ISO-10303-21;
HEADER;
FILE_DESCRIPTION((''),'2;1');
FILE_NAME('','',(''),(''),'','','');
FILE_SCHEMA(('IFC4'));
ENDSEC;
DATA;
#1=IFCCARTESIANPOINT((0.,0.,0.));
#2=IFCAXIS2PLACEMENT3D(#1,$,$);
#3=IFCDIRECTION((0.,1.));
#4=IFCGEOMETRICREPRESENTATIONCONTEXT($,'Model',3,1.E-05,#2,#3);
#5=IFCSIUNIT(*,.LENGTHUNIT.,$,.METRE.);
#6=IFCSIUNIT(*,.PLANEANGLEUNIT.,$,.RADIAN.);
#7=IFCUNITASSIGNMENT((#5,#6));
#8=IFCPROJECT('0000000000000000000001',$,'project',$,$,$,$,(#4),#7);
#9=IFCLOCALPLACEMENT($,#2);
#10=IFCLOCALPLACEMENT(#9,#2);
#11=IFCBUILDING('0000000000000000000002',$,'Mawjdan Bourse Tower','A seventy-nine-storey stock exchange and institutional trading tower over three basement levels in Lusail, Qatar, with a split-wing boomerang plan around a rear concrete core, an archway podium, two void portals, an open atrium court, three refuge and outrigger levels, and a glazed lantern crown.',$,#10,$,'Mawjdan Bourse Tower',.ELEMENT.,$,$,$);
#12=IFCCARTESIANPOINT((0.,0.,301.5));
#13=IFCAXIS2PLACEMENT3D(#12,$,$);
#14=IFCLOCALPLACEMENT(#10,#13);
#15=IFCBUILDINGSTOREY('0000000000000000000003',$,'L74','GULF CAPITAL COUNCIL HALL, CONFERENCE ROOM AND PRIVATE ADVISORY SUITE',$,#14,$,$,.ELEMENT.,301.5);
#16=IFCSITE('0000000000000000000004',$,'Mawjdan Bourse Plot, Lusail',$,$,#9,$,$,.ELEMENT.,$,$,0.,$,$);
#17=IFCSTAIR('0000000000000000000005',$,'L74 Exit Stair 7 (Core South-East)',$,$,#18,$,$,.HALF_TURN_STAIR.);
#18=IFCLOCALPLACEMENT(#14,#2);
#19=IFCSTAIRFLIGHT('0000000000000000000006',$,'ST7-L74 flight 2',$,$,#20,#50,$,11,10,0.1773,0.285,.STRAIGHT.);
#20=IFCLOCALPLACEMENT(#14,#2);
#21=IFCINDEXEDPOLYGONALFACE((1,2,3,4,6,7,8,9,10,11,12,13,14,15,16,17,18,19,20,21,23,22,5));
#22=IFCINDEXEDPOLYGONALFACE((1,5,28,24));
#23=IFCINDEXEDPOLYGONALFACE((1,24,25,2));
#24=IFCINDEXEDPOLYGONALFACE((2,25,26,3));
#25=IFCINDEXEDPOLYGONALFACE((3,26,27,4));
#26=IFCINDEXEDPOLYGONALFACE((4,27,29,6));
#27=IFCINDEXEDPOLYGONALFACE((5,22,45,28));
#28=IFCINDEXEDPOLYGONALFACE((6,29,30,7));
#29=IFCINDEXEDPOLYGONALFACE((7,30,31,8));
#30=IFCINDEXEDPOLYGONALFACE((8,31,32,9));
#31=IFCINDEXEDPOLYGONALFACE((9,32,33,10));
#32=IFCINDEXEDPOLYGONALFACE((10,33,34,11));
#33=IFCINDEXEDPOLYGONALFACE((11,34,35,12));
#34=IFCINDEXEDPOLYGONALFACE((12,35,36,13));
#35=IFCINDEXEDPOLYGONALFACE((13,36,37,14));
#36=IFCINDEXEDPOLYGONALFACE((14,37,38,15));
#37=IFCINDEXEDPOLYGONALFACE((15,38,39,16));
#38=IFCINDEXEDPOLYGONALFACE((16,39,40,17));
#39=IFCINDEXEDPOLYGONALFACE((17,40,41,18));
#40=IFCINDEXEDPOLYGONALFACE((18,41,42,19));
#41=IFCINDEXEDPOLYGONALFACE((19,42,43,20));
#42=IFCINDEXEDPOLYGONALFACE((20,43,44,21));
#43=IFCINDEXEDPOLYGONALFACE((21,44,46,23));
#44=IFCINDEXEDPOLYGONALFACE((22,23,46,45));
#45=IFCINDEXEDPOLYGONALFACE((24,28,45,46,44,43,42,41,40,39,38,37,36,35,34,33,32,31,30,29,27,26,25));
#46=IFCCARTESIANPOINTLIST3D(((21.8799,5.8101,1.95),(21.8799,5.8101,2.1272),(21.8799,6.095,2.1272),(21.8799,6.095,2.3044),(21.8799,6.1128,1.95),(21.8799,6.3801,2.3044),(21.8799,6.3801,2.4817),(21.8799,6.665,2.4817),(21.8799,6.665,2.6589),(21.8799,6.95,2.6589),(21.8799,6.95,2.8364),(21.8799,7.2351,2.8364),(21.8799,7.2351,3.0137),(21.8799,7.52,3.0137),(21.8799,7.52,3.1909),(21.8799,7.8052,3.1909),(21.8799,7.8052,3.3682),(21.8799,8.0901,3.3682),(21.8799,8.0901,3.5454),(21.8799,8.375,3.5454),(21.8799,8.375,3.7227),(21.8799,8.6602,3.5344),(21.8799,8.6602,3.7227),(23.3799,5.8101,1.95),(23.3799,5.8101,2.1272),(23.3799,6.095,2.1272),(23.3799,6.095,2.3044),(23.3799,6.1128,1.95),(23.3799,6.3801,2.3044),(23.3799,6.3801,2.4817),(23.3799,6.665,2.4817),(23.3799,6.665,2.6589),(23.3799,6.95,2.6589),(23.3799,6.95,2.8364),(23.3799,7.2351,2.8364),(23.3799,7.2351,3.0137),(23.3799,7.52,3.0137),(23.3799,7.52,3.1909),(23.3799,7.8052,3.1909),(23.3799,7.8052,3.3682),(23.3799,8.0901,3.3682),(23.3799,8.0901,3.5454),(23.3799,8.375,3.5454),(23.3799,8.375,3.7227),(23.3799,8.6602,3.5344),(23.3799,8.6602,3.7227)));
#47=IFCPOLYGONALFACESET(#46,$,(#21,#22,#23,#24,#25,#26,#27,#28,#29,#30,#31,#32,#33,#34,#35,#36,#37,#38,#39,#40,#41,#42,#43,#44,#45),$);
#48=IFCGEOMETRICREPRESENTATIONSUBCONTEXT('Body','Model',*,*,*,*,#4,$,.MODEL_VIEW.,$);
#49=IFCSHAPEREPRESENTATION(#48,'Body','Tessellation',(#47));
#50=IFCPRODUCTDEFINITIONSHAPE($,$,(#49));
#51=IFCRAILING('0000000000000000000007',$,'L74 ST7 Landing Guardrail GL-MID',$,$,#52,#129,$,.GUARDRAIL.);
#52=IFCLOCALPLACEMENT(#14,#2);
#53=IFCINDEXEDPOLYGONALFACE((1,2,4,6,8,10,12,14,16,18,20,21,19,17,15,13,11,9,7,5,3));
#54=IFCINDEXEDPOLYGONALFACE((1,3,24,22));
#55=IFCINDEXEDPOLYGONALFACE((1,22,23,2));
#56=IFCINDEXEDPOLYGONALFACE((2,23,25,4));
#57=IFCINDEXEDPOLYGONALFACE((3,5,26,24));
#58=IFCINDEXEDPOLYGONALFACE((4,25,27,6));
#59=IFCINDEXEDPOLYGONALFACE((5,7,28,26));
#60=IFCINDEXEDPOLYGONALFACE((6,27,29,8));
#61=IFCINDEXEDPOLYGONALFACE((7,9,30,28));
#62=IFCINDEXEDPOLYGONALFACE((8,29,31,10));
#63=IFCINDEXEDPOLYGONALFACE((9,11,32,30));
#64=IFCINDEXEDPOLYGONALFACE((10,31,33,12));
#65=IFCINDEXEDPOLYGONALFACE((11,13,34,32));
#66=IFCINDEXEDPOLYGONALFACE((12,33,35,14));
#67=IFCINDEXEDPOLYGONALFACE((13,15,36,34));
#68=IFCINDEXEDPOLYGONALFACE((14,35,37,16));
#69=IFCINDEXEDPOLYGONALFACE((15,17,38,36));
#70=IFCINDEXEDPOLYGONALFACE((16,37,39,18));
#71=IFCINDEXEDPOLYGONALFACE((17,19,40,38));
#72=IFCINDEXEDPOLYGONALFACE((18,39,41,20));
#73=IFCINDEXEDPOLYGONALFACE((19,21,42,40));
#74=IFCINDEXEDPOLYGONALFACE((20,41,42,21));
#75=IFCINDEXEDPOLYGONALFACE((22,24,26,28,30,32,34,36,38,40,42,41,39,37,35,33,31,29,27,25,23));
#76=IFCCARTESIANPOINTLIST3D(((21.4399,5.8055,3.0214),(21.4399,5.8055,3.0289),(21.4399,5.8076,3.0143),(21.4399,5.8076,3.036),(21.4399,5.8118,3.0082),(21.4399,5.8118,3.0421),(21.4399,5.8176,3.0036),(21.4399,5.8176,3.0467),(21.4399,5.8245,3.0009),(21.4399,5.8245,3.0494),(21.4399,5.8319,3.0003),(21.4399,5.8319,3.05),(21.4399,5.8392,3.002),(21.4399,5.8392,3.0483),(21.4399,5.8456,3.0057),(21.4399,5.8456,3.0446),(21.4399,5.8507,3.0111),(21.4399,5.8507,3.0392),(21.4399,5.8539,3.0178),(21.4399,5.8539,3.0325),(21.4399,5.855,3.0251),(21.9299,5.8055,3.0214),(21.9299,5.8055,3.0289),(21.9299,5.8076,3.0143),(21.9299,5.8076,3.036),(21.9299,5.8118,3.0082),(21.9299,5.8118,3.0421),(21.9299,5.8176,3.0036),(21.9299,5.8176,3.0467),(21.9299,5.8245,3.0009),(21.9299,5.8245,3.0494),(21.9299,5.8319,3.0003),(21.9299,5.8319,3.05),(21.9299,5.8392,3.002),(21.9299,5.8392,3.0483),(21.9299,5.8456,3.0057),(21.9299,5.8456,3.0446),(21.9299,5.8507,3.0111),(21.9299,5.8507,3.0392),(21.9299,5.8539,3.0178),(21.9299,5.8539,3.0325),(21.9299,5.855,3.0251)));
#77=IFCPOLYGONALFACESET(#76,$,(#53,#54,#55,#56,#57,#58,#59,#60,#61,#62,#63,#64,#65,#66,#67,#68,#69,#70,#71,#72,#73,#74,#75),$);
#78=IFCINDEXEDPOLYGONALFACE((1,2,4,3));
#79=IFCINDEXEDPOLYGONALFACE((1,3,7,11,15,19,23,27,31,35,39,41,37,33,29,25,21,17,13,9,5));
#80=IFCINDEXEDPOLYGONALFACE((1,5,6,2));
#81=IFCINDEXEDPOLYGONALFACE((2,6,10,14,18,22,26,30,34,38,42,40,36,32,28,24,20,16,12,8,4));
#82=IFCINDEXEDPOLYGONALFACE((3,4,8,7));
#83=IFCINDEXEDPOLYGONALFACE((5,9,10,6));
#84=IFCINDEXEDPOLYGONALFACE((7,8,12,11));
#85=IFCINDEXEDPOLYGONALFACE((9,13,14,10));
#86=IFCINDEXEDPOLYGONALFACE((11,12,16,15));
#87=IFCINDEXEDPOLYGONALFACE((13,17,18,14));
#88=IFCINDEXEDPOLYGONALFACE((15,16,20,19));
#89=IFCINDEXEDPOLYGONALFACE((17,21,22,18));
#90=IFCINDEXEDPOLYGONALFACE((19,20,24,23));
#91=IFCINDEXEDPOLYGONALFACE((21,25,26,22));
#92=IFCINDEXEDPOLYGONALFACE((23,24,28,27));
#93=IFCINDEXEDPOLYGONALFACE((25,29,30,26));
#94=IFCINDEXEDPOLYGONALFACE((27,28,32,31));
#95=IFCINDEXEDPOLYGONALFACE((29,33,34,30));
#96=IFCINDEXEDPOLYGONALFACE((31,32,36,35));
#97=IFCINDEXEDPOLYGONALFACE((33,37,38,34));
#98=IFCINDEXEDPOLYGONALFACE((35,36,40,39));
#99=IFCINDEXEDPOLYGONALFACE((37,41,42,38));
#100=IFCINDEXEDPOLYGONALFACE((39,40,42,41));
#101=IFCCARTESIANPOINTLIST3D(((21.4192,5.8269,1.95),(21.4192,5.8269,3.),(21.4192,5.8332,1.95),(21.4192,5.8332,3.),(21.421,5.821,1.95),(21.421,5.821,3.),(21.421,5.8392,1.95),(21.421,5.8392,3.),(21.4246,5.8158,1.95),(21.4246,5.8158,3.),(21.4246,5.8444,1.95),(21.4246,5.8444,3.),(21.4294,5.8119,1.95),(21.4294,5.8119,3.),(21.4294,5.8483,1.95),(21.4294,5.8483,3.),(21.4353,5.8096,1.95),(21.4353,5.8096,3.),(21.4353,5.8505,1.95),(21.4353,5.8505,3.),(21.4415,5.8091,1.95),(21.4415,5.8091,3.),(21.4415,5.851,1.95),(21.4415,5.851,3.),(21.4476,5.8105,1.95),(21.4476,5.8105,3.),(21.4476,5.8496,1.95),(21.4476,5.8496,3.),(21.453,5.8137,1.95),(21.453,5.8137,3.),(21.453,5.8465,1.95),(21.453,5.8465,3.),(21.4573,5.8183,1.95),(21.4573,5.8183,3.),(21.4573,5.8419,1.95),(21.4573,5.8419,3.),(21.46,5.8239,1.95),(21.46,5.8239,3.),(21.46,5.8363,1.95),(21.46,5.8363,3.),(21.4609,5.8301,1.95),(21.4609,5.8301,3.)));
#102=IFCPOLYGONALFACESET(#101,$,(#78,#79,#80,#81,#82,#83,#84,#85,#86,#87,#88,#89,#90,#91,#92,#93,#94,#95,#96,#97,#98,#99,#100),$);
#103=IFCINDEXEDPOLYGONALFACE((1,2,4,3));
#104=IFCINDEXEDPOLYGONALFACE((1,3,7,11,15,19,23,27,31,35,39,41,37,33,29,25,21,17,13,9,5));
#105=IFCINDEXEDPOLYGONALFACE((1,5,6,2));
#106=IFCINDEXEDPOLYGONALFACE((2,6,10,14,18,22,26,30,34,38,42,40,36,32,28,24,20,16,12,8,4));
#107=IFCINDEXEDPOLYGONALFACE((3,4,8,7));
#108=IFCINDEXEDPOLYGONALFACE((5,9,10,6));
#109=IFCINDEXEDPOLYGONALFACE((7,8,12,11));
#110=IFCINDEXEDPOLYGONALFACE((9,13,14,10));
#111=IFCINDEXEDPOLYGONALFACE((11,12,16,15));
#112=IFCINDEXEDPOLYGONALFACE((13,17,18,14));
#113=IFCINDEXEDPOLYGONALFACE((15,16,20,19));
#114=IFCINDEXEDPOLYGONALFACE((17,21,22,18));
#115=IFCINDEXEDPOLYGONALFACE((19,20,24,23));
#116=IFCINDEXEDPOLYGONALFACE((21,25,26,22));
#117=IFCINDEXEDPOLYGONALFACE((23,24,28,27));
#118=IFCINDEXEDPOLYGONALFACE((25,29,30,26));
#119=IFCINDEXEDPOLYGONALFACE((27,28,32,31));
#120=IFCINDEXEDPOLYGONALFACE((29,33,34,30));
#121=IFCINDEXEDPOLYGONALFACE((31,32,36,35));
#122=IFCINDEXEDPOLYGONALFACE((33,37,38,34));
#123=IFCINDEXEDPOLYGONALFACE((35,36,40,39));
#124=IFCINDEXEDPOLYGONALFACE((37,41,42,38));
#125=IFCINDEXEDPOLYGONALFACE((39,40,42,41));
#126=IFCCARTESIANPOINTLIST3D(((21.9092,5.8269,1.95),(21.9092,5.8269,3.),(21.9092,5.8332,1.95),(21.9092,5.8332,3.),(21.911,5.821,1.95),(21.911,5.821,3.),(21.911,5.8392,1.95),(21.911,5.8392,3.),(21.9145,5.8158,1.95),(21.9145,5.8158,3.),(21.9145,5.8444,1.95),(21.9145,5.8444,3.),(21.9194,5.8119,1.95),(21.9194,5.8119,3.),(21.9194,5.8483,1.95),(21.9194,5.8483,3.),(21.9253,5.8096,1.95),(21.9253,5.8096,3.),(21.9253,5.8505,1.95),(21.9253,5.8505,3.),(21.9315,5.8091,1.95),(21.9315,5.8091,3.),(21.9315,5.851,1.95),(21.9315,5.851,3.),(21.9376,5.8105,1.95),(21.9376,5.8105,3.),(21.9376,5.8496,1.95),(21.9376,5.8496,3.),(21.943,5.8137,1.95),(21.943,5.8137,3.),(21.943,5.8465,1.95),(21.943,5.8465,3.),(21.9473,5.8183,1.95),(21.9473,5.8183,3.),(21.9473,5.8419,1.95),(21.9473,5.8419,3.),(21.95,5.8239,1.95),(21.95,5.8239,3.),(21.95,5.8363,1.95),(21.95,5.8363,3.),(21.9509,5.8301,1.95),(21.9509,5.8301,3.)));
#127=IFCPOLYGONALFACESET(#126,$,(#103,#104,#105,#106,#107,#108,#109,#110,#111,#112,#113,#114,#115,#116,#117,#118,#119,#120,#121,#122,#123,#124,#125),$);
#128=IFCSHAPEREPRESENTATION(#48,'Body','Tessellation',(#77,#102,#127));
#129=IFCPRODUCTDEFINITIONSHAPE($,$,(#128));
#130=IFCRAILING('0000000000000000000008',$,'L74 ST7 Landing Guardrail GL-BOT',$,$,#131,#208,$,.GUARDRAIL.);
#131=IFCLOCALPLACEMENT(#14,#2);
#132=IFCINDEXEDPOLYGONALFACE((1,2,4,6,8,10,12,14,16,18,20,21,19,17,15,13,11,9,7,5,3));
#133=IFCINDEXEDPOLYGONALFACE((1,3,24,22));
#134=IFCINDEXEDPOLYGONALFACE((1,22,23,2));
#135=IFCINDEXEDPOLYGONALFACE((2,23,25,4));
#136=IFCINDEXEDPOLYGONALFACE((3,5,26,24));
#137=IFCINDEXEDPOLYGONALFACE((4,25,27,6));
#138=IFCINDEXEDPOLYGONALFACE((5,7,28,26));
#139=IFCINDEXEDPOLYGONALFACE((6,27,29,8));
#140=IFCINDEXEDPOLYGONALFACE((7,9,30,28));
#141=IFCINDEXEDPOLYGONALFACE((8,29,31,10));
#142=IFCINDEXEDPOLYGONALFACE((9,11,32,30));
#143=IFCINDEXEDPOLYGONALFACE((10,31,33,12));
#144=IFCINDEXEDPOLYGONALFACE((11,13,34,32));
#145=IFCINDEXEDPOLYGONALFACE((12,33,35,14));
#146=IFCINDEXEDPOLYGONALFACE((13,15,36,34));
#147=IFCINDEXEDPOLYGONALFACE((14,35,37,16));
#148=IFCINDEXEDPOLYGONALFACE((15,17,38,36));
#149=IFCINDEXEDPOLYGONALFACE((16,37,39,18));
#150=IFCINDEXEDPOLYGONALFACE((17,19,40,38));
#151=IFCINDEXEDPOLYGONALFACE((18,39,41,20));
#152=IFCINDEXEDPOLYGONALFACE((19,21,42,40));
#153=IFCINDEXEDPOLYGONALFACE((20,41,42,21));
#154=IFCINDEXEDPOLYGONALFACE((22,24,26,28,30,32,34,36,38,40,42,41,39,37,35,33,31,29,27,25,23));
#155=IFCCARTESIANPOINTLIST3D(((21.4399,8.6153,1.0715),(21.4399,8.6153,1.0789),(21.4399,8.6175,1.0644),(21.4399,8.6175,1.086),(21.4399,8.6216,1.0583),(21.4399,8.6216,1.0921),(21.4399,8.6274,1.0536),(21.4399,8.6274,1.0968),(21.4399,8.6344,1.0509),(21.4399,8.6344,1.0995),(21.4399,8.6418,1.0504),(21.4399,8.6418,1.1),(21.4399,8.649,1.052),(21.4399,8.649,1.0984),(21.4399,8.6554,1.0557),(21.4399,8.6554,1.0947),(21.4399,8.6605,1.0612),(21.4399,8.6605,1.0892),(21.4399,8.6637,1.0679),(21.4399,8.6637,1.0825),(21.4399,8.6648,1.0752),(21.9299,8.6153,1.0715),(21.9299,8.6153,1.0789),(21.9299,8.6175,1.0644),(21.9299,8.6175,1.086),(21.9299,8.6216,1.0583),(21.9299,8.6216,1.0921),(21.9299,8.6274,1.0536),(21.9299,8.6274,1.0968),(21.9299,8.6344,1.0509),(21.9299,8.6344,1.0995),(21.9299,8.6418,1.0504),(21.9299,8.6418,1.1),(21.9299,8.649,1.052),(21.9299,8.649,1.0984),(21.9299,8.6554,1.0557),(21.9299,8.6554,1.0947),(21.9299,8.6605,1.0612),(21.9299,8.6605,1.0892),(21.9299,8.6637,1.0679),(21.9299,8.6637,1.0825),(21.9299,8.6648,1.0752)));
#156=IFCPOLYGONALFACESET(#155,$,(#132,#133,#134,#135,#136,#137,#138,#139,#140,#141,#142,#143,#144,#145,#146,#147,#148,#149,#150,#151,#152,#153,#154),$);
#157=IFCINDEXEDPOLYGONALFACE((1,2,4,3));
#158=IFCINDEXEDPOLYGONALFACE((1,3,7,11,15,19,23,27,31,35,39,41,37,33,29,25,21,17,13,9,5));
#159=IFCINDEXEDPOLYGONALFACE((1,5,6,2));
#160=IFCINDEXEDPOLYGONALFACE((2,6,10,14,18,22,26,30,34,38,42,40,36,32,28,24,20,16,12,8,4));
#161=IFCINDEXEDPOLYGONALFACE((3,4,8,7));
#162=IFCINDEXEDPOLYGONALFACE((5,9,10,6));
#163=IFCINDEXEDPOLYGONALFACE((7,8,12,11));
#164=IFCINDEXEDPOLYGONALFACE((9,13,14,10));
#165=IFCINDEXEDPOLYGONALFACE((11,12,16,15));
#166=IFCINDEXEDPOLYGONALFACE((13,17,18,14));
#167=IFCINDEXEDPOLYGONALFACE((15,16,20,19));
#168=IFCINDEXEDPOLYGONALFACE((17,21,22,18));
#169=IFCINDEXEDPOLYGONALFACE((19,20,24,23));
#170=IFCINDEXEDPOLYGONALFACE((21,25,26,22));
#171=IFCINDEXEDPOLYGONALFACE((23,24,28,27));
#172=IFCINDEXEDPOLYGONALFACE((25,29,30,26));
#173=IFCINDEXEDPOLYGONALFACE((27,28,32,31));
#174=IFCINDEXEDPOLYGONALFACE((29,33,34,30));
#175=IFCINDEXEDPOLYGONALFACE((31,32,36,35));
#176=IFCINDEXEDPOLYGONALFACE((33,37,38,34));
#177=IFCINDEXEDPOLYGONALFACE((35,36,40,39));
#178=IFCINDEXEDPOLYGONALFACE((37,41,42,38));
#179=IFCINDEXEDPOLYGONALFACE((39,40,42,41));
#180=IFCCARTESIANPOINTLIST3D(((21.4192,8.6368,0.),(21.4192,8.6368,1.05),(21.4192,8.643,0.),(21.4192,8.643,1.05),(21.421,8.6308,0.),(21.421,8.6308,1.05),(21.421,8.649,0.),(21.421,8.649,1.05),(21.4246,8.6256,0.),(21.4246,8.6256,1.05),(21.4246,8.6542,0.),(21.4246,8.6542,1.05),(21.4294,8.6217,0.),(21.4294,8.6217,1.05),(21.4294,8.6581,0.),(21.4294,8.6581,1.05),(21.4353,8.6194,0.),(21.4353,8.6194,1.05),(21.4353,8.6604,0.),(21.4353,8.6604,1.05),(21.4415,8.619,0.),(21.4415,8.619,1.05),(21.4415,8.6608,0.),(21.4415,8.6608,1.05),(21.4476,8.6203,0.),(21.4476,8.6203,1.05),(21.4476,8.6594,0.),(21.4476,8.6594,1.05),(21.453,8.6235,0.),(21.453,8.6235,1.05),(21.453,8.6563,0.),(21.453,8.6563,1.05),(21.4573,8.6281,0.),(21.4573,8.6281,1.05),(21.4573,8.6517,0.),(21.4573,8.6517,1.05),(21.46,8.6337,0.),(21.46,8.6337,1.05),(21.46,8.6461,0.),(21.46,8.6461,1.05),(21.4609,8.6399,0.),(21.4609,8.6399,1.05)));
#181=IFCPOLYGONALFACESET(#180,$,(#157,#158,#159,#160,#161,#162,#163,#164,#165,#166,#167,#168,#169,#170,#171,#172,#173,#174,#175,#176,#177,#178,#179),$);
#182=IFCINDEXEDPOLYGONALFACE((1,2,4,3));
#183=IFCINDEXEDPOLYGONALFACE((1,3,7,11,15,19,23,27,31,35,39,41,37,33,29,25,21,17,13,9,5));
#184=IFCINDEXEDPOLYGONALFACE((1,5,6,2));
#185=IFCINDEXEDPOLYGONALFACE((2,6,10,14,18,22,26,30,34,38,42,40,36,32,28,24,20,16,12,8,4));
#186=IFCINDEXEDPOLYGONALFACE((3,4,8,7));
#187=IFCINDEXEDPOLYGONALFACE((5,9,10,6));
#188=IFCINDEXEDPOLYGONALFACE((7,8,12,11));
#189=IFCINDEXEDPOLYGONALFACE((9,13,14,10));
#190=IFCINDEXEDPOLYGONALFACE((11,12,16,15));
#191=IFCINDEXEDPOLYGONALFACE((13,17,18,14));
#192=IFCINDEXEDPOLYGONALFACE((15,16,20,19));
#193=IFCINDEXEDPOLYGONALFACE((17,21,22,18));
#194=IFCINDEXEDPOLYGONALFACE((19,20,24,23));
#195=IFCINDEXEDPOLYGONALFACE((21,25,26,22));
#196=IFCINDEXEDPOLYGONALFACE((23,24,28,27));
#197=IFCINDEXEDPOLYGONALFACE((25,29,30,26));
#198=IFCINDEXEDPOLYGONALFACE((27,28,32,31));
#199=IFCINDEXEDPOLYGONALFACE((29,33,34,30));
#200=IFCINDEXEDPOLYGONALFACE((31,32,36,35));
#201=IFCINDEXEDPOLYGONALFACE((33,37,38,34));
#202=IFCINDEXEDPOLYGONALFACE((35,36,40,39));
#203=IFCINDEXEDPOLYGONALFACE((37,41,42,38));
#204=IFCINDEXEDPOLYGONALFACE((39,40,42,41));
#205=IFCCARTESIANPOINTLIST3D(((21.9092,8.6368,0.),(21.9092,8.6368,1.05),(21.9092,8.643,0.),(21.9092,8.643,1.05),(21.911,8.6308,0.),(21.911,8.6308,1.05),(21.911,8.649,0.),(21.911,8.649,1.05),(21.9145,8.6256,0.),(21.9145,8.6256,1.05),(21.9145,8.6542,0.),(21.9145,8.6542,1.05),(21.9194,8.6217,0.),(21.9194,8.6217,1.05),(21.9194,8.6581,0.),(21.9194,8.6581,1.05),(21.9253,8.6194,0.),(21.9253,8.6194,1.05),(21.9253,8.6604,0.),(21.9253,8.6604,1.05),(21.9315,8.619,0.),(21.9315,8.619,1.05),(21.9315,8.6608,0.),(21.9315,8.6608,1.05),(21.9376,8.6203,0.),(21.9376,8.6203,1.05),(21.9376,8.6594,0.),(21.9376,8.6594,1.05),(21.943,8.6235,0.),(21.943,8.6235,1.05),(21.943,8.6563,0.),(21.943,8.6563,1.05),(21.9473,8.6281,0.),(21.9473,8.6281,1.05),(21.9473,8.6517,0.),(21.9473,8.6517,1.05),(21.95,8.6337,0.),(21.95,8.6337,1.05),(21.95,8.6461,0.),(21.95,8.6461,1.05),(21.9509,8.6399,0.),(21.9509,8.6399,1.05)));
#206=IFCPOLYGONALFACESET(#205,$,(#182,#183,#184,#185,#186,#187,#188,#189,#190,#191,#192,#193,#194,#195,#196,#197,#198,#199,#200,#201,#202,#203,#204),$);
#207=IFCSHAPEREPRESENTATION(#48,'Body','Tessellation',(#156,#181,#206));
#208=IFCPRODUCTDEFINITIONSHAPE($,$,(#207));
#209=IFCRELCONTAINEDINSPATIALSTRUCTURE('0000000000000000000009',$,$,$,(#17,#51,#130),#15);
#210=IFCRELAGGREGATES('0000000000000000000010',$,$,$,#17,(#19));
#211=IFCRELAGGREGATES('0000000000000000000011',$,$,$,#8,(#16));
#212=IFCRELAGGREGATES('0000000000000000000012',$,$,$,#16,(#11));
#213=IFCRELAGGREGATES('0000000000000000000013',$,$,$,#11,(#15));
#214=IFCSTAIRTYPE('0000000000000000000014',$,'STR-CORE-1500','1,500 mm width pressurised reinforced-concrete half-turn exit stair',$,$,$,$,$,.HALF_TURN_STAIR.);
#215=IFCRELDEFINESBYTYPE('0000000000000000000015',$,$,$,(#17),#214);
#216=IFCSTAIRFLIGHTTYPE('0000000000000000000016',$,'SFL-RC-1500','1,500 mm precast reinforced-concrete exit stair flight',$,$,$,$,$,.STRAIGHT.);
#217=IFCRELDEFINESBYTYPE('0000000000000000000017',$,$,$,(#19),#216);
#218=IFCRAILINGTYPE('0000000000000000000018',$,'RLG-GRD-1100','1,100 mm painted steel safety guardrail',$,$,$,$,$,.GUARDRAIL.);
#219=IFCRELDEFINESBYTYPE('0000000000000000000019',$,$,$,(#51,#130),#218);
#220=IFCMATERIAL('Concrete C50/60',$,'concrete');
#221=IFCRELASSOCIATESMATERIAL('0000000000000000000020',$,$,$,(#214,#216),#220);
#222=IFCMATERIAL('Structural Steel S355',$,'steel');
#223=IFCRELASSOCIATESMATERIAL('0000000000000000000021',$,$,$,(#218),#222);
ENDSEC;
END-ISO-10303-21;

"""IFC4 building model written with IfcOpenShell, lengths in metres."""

from ifc_helpers import new_model, si_unit, direction, frame, origin, origin_2d, place, context, subcontext, project, spatial, polyline, circle, outline, extrude, material, type_object, element, aggregate, save


model = new_model("IFC4")

# Units and contexts
model_context = context("Model", 3, precision=1e-05, world=origin(), true_north=direction((0.0, 1.0)))
body_context = subcontext(model_context, "Body", "Model", "MODEL_VIEW")
ifc_project = project(units=[si_unit("LENGTHUNIT", "METRE"), si_unit("PLANEANGLEUNIT", "RADIAN")], contexts=[model_context])

# Site, building, storey
site_placement = place(None, origin())
site = spatial("IfcSite", under=ifc_project, at=site_placement, Name="Mawjdan Bourse Plot, Lusail", CompositionType="ELEMENT", RefElevation=0.0)
building_placement = place(site_placement, origin())
building = spatial("IfcBuilding", under=site, at=building_placement, Name="Mawjdan Bourse Tower", Description="A seventy-nine-storey stock exchange and institutional trading tower over three basement levels in Lusail, Qatar, with a split-wing boomerang plan around a rear concrete core, an archway podium, two void portals, an open atrium court, three refuge and outrigger levels, and a glazed lantern crown.", LongName="Mawjdan Bourse Tower", CompositionType="ELEMENT")
storey_placement = place(building_placement, frame((0.0, 0.0, 301.5)))
storey = spatial("IfcBuildingStorey", under=building, at=storey_placement, Name="L74", Description="GULF CAPITAL COUNCIL HALL, CONFERENCE ROOM AND PRIVATE ADVISORY SUITE", CompositionType="ELEMENT", Elevation=301.5)

# Shared definitions
ifc_material_1 = material(Name="Structural Steel S355", Category="steel")

# Shared definitions
ifc_material_2 = material(Name="Concrete C50/60", Category="concrete")

# Stair, stair flight
stair_type = type_object("IfcStairType", Name="STR-CORE-1500", Description="1,500 mm width pressurised reinforced-concrete half-turn exit stair", PredefinedType="HALF_TURN_STAIR", material=ifc_material_2)
stair_placement = place(storey_placement, origin())
stair = element("IfcStair", 1, at=stair_placement, inside=storey, type_object=stair_type, Name="L74 Exit Stair 7 (Core South-East)", PredefinedType="HALF_TURN_STAIR")
stair_flight_type = type_object("IfcStairFlightType", Name="SFL-RC-1500", Description="1,500 mm precast reinforced-concrete exit stair flight", PredefinedType="STRAIGHT", material=ifc_material_2)
stair_flight_placement = place(storey_placement, frame((22.6299, 5.8101, 1.95), z_axis=(0.0, 0.0, 1.0), x_axis=(0.0, 1.0, 0.0)))
stair_flight = element("IfcStairFlight", 2, at=stair_flight_placement, type_object=stair_flight_type, Name="ST7-L74 flight 2", NumberOfRisers=11, NumberOfTreads=10, PredefinedType="STRAIGHT", RiserHeight=0.1773, TreadLength=0.285, context=body_context, shape_type="SweptSolid", body=[
    extrude(outline(polyline([(0.0, 0.0), (0.0, 0.1772), (0.2849, 0.1772), (0.2849, 0.3545), (0.5701, 0.3545), (0.5701, 0.5317), (0.855, 0.5317), (0.855, 0.709), (1.1399, 0.709), (1.1399, 0.8865), (1.425, 0.8865), (1.425, 1.0637), (1.71, 1.0637), (1.71, 1.241), (1.9951, 1.241), (1.9951, 1.4182), (2.28, 1.4182), (2.28, 1.5955), (2.5649, 1.5955), (2.5649, 1.7727), (2.8501, 1.7727), (2.8501, 1.95), (2.8501, 1.5845), (0.3027, 0.0), (0.0, 0.0)])), frame((0.0, 0.75, 0.0), z_axis=(0.0, -1.0, 0.0), x_axis=(1.0, 0.0, 0.0)), (0.0, 0.0, 1.0), 1.5),
])
aggregate(stair, [stair_flight])

# Railings
railing_type_1 = type_object("IfcRailingType", Name="RLG-GRD-1100", Description="1,100 mm painted steel safety guardrail", PredefinedType="GUARDRAIL", material=ifc_material_1)
for number, where, name in (
    (3, (21.4399, 5.8301, 1.95), "L74 ST7 Landing Guardrail GL-MID"),
    (4, (21.4399, 8.6399, 0.0), "L74 ST7 Landing Guardrail GL-BOT"),
):
    element("IfcRailing", number, at=place(storey_placement, frame(where)), inside=storey, type_object=railing_type_1, Name=name, PredefinedType="GUARDRAIL", context=body_context, shape_type="SweptSolid", body=[
        extrude(circle(Radius=0.0249, at=origin_2d()), frame((0.0, 0.0, 1.0752), z_axis=(1.0, 0.0, 0.0), x_axis=(0.0, 1.0, 0.0)), (0.0, 0.0, 1.0), 0.49),
        extrude(circle(Radius=0.021, at=origin_2d()), origin(), (0.0, 0.0, 1.0), 1.05),
        extrude(circle(Radius=0.021, at=origin_2d()), frame((0.49, 0.0, 0.0)), (0.0, 0.0, 1.0), 1.05),
    ])

save(model, "model.ifc")
